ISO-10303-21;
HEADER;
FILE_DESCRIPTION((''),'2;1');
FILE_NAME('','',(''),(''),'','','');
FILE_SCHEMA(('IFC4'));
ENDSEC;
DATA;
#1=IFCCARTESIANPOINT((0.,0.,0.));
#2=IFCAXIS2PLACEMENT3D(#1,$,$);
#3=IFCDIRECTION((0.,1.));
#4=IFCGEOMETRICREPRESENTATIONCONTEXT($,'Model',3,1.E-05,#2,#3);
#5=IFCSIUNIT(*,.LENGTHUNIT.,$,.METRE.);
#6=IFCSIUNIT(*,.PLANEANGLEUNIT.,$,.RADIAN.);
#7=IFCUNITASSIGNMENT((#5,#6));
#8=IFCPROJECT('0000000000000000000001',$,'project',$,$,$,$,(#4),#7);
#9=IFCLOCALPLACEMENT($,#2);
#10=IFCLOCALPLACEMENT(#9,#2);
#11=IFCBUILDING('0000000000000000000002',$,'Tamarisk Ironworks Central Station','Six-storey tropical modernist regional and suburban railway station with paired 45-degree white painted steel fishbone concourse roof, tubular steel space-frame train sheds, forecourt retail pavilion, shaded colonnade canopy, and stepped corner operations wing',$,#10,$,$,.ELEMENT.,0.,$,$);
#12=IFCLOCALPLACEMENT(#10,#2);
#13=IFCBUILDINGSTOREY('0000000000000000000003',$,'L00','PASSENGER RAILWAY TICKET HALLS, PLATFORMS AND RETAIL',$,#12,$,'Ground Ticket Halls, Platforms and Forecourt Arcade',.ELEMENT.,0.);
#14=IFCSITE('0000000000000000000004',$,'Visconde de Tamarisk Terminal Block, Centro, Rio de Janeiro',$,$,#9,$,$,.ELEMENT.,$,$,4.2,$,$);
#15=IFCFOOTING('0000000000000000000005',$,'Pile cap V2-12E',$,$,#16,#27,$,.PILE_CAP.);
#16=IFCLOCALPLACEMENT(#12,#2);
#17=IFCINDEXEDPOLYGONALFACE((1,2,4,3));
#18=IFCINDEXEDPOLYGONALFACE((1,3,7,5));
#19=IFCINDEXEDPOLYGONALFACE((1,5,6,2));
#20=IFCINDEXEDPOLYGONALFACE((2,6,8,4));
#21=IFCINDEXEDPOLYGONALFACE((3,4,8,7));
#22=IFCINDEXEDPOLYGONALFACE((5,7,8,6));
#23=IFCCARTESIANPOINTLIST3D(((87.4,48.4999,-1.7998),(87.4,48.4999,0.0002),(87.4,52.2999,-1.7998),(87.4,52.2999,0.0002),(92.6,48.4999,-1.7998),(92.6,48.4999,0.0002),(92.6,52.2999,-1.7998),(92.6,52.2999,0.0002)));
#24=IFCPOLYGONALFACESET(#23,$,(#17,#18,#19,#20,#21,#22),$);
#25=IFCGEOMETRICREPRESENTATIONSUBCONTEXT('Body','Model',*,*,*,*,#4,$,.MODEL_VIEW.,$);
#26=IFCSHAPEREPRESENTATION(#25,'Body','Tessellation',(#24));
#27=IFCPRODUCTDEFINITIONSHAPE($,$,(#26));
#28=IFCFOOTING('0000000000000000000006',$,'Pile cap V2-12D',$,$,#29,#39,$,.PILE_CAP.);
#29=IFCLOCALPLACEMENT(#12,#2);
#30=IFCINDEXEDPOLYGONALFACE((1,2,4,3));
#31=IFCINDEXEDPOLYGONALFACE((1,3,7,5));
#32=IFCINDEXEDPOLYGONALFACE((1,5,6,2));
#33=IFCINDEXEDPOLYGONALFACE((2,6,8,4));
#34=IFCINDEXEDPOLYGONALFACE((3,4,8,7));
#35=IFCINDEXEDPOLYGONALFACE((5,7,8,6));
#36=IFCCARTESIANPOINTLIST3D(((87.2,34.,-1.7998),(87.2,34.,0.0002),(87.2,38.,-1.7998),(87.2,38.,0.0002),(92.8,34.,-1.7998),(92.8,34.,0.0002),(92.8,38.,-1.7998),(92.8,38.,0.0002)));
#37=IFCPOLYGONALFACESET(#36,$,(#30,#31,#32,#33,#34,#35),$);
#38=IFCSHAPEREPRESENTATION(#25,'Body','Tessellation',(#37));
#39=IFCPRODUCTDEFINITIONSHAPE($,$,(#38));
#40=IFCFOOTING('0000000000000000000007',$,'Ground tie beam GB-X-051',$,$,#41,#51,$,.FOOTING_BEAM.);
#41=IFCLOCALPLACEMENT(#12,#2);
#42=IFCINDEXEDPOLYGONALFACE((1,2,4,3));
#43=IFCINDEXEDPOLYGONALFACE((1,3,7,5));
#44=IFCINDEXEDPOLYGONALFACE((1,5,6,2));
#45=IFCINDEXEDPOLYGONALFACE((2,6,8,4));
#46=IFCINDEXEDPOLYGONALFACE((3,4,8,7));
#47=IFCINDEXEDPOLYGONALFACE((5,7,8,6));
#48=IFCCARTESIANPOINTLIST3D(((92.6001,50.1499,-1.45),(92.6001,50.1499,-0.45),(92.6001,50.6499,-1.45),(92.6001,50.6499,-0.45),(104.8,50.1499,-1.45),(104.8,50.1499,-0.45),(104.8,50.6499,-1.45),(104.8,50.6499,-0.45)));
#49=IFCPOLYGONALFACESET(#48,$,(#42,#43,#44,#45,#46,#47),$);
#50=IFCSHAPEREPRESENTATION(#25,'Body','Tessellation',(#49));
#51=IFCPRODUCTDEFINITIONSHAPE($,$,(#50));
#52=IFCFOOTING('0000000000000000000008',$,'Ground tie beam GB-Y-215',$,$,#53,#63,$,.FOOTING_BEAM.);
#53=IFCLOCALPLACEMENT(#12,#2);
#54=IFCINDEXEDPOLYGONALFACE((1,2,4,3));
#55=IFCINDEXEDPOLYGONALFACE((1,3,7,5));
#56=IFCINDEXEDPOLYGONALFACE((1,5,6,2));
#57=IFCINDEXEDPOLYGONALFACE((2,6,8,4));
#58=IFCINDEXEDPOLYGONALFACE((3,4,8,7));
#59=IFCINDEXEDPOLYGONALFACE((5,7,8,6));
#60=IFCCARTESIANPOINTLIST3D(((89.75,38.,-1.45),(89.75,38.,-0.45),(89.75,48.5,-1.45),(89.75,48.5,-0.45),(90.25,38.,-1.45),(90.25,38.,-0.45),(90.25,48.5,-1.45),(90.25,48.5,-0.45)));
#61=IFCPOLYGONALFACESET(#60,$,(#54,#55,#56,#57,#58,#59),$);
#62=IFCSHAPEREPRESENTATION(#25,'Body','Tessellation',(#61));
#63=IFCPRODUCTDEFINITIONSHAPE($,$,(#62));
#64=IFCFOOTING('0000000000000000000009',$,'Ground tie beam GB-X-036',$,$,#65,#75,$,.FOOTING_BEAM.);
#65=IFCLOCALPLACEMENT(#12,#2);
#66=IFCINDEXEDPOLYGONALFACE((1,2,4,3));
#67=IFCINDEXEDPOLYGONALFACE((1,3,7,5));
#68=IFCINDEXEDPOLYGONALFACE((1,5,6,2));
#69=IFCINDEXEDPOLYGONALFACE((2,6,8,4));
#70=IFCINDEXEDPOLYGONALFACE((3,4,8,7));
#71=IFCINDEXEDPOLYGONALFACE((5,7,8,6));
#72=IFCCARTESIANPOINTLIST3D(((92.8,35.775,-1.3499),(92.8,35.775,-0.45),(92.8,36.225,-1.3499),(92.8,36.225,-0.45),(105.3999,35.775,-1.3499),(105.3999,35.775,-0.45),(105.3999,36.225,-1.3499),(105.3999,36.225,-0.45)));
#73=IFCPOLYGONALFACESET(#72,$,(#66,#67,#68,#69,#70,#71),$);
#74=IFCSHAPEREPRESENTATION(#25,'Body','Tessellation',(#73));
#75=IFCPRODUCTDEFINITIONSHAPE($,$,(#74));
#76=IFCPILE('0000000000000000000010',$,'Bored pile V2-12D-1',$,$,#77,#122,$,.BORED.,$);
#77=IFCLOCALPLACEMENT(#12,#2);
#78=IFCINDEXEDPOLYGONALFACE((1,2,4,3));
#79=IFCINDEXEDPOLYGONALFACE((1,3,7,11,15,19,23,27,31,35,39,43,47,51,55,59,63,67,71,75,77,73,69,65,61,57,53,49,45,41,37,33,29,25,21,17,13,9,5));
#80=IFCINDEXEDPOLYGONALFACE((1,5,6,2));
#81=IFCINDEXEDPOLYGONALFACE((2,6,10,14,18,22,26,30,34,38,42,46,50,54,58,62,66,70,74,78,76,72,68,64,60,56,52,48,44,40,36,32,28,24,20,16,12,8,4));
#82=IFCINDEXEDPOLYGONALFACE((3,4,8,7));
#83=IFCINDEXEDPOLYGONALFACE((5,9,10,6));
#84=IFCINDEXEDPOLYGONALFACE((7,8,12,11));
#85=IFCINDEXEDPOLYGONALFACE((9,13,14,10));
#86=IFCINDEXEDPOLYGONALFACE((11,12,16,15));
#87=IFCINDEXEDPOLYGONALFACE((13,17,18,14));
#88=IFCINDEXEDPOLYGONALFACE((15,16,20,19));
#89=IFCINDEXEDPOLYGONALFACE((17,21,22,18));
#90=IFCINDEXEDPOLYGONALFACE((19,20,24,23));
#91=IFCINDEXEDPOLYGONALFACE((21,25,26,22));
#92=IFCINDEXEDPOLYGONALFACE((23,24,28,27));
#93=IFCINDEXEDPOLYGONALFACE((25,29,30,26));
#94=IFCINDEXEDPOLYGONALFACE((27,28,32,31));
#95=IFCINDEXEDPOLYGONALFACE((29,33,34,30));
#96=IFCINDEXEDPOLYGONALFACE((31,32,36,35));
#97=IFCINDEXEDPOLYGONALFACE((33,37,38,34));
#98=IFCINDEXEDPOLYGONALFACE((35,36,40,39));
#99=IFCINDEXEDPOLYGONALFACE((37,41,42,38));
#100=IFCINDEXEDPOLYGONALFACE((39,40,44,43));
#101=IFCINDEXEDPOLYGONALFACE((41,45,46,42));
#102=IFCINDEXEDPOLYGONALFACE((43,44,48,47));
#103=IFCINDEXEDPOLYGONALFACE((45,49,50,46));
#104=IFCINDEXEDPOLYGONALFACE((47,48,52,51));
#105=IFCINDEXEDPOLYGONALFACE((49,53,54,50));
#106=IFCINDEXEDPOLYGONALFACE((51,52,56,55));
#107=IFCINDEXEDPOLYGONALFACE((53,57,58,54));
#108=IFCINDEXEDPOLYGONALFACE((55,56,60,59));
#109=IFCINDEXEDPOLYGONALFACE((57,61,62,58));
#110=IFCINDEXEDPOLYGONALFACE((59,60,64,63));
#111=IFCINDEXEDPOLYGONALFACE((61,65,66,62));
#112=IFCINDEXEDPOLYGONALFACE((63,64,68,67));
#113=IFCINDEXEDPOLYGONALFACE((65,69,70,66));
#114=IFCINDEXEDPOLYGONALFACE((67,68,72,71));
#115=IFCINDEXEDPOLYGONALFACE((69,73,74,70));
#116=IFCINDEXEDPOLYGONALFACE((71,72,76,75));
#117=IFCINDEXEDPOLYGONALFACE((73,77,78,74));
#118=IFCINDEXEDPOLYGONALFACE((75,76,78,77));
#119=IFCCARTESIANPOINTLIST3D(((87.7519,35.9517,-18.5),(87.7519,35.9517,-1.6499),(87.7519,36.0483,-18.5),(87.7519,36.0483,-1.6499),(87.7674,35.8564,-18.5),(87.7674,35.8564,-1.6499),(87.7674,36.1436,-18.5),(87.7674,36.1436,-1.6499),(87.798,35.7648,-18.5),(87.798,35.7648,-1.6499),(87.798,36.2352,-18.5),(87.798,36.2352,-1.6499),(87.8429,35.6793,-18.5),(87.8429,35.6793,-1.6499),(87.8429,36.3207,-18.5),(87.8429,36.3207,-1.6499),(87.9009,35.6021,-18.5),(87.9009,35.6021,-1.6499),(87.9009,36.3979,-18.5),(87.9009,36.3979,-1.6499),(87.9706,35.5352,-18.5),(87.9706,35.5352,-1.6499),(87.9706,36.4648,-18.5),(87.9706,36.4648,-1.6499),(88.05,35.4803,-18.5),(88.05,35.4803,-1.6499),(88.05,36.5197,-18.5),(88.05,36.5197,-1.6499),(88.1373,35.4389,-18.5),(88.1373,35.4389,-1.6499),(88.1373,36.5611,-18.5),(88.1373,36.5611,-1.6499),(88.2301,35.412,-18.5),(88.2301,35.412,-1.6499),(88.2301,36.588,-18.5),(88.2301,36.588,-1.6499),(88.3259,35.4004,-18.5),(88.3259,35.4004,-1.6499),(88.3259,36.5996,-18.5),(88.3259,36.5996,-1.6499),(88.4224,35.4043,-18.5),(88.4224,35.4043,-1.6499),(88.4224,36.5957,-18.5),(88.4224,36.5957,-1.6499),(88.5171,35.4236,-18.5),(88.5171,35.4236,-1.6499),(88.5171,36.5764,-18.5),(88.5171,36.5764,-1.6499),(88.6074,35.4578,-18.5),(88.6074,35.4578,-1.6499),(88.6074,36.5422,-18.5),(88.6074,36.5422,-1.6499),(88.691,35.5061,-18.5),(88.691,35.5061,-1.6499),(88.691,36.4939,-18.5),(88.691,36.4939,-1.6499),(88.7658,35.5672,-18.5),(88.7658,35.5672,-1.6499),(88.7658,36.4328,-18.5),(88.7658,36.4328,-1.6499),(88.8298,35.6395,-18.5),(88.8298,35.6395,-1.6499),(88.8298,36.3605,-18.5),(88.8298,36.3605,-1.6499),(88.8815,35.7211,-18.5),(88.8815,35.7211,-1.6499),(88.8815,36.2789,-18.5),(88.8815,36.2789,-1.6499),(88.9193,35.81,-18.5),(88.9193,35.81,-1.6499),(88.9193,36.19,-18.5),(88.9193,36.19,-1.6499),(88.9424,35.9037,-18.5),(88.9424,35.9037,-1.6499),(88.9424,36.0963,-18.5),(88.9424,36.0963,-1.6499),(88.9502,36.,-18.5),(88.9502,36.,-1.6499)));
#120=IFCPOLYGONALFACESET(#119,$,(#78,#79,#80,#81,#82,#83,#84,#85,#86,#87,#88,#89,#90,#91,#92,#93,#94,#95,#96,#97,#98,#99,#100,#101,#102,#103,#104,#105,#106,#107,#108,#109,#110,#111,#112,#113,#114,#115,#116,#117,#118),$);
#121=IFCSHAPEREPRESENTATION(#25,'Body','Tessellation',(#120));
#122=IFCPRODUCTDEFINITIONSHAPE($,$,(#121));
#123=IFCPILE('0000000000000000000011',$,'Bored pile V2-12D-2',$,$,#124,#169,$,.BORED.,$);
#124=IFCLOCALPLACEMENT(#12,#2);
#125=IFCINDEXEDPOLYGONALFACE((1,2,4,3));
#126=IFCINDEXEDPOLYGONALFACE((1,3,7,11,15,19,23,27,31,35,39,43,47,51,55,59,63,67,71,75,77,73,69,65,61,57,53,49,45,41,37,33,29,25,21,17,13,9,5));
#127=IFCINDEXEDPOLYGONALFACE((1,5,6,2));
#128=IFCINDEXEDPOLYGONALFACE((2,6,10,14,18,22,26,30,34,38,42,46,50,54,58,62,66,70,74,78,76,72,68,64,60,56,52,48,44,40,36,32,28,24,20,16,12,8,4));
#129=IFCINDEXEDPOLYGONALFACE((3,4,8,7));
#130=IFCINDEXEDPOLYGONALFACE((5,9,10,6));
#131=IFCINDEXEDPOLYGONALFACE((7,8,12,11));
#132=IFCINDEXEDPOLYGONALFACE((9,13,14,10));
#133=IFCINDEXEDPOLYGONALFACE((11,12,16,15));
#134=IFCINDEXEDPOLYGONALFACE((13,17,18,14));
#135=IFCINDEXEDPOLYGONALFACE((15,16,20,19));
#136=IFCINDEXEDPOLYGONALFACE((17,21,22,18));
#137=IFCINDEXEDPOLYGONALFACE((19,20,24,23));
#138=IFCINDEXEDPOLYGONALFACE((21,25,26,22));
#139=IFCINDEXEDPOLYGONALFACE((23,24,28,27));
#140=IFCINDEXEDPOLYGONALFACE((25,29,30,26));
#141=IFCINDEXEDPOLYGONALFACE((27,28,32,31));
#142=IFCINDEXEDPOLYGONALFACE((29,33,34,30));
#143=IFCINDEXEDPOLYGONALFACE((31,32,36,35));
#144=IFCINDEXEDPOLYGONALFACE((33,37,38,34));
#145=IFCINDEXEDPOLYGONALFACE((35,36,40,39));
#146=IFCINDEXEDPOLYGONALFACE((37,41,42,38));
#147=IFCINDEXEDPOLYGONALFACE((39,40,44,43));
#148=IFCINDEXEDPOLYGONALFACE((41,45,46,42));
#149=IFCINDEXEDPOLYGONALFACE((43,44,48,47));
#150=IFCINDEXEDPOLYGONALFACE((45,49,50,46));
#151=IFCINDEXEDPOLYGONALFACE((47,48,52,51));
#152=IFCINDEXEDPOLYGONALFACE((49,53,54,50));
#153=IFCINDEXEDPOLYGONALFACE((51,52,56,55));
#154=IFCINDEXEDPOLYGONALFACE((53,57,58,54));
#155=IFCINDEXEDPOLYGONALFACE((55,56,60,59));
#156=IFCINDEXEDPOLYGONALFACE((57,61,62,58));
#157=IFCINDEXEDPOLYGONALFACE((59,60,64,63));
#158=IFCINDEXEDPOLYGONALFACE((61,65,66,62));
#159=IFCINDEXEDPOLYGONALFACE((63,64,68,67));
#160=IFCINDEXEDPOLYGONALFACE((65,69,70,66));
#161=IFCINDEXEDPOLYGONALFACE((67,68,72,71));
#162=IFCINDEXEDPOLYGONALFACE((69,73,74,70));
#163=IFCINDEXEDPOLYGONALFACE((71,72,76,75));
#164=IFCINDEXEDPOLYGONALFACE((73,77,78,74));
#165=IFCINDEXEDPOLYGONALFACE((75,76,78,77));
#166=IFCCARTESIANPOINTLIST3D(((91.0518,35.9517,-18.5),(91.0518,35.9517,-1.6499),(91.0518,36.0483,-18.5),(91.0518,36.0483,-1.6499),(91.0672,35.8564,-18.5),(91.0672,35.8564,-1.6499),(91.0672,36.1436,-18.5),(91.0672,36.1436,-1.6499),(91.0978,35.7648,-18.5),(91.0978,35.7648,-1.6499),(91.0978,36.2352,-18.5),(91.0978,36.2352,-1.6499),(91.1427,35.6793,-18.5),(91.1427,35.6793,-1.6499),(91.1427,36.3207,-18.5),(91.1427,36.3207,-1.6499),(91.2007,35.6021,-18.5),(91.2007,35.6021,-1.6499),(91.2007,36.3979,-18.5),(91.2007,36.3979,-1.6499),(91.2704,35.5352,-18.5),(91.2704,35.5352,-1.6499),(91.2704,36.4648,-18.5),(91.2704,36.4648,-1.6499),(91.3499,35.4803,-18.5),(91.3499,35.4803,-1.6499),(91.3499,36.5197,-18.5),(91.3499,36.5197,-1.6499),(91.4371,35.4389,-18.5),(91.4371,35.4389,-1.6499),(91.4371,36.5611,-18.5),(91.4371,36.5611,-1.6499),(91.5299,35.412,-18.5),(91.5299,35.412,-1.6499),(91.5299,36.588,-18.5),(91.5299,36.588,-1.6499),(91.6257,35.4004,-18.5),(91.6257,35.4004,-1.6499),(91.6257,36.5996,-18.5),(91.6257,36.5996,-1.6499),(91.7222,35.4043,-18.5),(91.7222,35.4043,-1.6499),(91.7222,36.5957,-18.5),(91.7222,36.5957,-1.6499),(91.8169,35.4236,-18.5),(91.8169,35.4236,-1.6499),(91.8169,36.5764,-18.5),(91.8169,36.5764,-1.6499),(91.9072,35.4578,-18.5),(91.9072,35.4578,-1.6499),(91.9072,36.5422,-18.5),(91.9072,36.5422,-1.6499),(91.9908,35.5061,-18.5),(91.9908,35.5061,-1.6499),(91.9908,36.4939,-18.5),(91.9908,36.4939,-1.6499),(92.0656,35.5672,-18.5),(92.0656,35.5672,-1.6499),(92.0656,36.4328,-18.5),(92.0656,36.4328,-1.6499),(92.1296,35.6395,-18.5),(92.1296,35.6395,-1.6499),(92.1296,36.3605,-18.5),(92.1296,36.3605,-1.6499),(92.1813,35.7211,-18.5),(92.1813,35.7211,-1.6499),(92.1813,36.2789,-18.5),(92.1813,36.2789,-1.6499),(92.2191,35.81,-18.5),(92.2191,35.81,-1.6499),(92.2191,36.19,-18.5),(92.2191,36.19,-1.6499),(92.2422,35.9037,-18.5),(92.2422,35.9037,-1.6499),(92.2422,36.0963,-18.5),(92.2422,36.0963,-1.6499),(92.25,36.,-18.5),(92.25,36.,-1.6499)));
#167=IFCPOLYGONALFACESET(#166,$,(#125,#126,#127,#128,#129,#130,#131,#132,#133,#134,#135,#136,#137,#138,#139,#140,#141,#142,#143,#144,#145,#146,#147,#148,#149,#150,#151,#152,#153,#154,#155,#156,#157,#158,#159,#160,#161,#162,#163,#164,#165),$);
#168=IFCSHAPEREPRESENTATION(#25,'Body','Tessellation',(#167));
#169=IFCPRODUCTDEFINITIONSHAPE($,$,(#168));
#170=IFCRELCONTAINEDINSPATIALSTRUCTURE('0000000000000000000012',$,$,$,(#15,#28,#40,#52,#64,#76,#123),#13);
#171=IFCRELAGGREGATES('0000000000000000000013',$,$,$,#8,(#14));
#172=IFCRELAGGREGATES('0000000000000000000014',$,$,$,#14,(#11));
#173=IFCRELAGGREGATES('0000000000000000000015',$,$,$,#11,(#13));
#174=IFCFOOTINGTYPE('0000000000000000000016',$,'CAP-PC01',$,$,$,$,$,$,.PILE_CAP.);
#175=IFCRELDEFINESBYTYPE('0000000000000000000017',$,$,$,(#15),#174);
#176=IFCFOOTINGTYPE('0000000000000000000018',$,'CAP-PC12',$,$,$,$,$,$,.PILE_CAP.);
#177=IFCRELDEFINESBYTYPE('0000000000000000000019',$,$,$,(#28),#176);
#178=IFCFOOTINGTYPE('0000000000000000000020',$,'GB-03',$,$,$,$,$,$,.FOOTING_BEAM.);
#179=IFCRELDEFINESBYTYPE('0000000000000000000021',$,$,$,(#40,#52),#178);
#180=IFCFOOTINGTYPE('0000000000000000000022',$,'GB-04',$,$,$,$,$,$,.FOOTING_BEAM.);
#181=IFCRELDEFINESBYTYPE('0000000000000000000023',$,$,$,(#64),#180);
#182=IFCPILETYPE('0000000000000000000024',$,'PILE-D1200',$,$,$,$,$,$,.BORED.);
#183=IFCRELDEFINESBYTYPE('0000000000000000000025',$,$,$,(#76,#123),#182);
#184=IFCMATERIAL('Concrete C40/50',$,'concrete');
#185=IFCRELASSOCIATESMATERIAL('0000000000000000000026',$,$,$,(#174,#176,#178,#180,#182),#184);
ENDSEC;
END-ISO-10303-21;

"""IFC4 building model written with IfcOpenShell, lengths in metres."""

from ifc_helpers import new_model, si_unit, direction, frame, origin, origin_2d, place, context, subcontext, project, spatial, rectangle, circle, extrude, material, material_profile, profile_set, type_object, element, save


model = new_model("IFC4")

# Units and contexts
model_context = context("Model", 3, precision=1e-05, world=origin(), true_north=direction((0.0, 1.0)))
body_context = subcontext(model_context, "Body", "Model", "MODEL_VIEW")
ifc_project = project(units=[si_unit("LENGTHUNIT", "METRE"), si_unit("PLANEANGLEUNIT", "RADIAN")], contexts=[model_context])

# Site, building, storey
site_placement = place(None, origin())
site = spatial("IfcSite", under=ifc_project, at=site_placement, Name="Visconde de Tamarisk Terminal Block, Centro, Rio de Janeiro", CompositionType="ELEMENT", RefElevation=4.2)
building_placement = place(site_placement, origin())
building = spatial("IfcBuilding", under=site, at=building_placement, Name="Tamarisk Ironworks Central Station", Description="Six-storey tropical modernist regional and suburban railway station with paired 45-degree white painted steel fishbone concourse roof, tubular steel space-frame train sheds, forecourt retail pavilion, shaded colonnade canopy, and stepped corner operations wing", CompositionType="ELEMENT", ElevationOfRefHeight=0.0)
storey_placement = place(building_placement, origin())
storey = spatial("IfcBuildingStorey", under=building, at=storey_placement, Name="L00", Description="PASSENGER RAILWAY TICKET HALLS, PLATFORMS AND RETAIL", LongName="Ground Ticket Halls, Platforms and Forecourt Arcade", CompositionType="ELEMENT", Elevation=0.0)

# Footings
ifc_material_1 = material(Name="Concrete C40/50", Category="concrete")
footing_type_1 = type_object("IfcFootingType", Name="CAP-PC01", PredefinedType="PILE_CAP", material=ifc_material_1)
footing_1_placement = place(storey_placement, frame((90.0, 50.3999, -1.7998), z_axis=(0.0, 0.0, 1.0), x_axis=(1.0, 0.0, 0.0)))
element("IfcFooting", 1, at=footing_1_placement, inside=storey, type_object=footing_type_1, Name="Pile cap V2-12E", PredefinedType="PILE_CAP", context=body_context, shape_type="SweptSolid", body=[
    extrude(rectangle(XDim=5.2, YDim=3.8, at=origin_2d()), origin(), (0.0, 0.0, 1.0), 1.8),
])
footing_type_2 = type_object("IfcFootingType", Name="CAP-PC12", PredefinedType="PILE_CAP", material=ifc_material_1)
footing_2_placement = place(storey_placement, frame((90.0, 36.0, -1.7998), z_axis=(0.0, 0.0, 1.0), x_axis=(1.0, 0.0, 0.0)))
element("IfcFooting", 2, at=footing_2_placement, inside=storey, type_object=footing_type_2, Name="Pile cap V2-12D", PredefinedType="PILE_CAP", context=body_context, shape_type="SweptSolid", body=[
    extrude(rectangle(XDim=5.6001, YDim=4.0, at=origin_2d()), origin(), (0.0, 0.0, 1.0), 1.8),
])
ifc_material_profile_1 = material_profile(ifc_material_1, rectangle(XDim=0.5, YDim=1.0, at=origin_2d()), Name="GB03 500x1000")
ifc_profile_set_1 = profile_set([ifc_material_profile_1], Name="Concrete C40/50")
footing_type_3 = type_object("IfcFootingType", Name="GB-03", PredefinedType="FOOTING_BEAM", material=ifc_profile_set_1)
footing_3_placement = place(storey_placement, frame((92.6001, 50.3999, -0.95), z_axis=(1.0, 0.0, 0.0), x_axis=(0.0, 1.0, 0.0)))
element("IfcFooting", 3, at=footing_3_placement, inside=storey, type_object=footing_type_3, Name="Ground tie beam GB-X-051", PredefinedType="FOOTING_BEAM", context=body_context, shape_type="SweptSolid", body=[
    extrude(rectangle(XDim=0.5, YDim=1.0, at=origin_2d()), origin(), (0.0, 0.0, 1.0), 12.2),
])
footing_4_placement = place(storey_placement, frame((90.0, 38.0, -0.95), z_axis=(0.0, 1.0, 0.0), x_axis=(-1.0, 0.0, 0.0)))
element("IfcFooting", 4, at=footing_4_placement, inside=storey, type_object=footing_type_3, Name="Ground tie beam GB-Y-215", PredefinedType="FOOTING_BEAM", context=body_context, shape_type="SweptSolid", body=[
    extrude(rectangle(XDim=0.5, YDim=1.0, at=origin_2d()), origin(), (0.0, 0.0, 1.0), 10.5),
])
ifc_material_profile_2 = material_profile(ifc_material_1, rectangle(XDim=0.45, YDim=0.8999, at=origin_2d()), Name="GB04 450x900")
ifc_profile_set_2 = profile_set([ifc_material_profile_2], Name="Concrete C40/50")
footing_type_4 = type_object("IfcFootingType", Name="GB-04", PredefinedType="FOOTING_BEAM", material=ifc_profile_set_2)
footing_5_placement = place(storey_placement, frame((92.8, 36.0, -0.8999), z_axis=(1.0, 0.0, 0.0), x_axis=(0.0, 1.0, 0.0)))
element("IfcFooting", 5, at=footing_5_placement, inside=storey, type_object=footing_type_4, Name="Ground tie beam GB-X-036", PredefinedType="FOOTING_BEAM", context=body_context, shape_type="SweptSolid", body=[
    extrude(rectangle(XDim=0.45, YDim=0.8999, at=origin_2d()), origin(), (0.0, 0.0, 1.0), 12.5999),
])

# Piles
ifc_material_profile_3 = material_profile(ifc_material_1, circle(Radius=0.6001, at=origin_2d()), Name="BORED PILE D1200")
ifc_profile_set_3 = profile_set([ifc_material_profile_3], Name="Concrete C40/50")
pile_type = type_object("IfcPileType", Name="PILE-D1200", PredefinedType="BORED", material=ifc_profile_set_3)
for number, where, z_axis, x_axis, name in (
    (6, (88.3501, 36.0, -1.6499), (0.0, 0.0, -1.0), (1.0, 0.0, 0.0), "Bored pile V2-12D-1"),
    (7, (91.6499, 36.0, -1.6499), (0.0, 0.0, -1.0), (1.0, 0.0, 0.0), "Bored pile V2-12D-2"),
):
    element("IfcPile", number, at=place(storey_placement, frame(where, z_axis=z_axis, x_axis=x_axis)), inside=storey, type_object=pile_type, Name=name, PredefinedType="BORED", context=body_context, shape_type="SweptSolid", body=[
        extrude(circle(Radius=0.6001, at=origin_2d()), origin(), (0.0, 0.0, 1.0), 16.8501),
    ])

save(model, "model.ifc")
